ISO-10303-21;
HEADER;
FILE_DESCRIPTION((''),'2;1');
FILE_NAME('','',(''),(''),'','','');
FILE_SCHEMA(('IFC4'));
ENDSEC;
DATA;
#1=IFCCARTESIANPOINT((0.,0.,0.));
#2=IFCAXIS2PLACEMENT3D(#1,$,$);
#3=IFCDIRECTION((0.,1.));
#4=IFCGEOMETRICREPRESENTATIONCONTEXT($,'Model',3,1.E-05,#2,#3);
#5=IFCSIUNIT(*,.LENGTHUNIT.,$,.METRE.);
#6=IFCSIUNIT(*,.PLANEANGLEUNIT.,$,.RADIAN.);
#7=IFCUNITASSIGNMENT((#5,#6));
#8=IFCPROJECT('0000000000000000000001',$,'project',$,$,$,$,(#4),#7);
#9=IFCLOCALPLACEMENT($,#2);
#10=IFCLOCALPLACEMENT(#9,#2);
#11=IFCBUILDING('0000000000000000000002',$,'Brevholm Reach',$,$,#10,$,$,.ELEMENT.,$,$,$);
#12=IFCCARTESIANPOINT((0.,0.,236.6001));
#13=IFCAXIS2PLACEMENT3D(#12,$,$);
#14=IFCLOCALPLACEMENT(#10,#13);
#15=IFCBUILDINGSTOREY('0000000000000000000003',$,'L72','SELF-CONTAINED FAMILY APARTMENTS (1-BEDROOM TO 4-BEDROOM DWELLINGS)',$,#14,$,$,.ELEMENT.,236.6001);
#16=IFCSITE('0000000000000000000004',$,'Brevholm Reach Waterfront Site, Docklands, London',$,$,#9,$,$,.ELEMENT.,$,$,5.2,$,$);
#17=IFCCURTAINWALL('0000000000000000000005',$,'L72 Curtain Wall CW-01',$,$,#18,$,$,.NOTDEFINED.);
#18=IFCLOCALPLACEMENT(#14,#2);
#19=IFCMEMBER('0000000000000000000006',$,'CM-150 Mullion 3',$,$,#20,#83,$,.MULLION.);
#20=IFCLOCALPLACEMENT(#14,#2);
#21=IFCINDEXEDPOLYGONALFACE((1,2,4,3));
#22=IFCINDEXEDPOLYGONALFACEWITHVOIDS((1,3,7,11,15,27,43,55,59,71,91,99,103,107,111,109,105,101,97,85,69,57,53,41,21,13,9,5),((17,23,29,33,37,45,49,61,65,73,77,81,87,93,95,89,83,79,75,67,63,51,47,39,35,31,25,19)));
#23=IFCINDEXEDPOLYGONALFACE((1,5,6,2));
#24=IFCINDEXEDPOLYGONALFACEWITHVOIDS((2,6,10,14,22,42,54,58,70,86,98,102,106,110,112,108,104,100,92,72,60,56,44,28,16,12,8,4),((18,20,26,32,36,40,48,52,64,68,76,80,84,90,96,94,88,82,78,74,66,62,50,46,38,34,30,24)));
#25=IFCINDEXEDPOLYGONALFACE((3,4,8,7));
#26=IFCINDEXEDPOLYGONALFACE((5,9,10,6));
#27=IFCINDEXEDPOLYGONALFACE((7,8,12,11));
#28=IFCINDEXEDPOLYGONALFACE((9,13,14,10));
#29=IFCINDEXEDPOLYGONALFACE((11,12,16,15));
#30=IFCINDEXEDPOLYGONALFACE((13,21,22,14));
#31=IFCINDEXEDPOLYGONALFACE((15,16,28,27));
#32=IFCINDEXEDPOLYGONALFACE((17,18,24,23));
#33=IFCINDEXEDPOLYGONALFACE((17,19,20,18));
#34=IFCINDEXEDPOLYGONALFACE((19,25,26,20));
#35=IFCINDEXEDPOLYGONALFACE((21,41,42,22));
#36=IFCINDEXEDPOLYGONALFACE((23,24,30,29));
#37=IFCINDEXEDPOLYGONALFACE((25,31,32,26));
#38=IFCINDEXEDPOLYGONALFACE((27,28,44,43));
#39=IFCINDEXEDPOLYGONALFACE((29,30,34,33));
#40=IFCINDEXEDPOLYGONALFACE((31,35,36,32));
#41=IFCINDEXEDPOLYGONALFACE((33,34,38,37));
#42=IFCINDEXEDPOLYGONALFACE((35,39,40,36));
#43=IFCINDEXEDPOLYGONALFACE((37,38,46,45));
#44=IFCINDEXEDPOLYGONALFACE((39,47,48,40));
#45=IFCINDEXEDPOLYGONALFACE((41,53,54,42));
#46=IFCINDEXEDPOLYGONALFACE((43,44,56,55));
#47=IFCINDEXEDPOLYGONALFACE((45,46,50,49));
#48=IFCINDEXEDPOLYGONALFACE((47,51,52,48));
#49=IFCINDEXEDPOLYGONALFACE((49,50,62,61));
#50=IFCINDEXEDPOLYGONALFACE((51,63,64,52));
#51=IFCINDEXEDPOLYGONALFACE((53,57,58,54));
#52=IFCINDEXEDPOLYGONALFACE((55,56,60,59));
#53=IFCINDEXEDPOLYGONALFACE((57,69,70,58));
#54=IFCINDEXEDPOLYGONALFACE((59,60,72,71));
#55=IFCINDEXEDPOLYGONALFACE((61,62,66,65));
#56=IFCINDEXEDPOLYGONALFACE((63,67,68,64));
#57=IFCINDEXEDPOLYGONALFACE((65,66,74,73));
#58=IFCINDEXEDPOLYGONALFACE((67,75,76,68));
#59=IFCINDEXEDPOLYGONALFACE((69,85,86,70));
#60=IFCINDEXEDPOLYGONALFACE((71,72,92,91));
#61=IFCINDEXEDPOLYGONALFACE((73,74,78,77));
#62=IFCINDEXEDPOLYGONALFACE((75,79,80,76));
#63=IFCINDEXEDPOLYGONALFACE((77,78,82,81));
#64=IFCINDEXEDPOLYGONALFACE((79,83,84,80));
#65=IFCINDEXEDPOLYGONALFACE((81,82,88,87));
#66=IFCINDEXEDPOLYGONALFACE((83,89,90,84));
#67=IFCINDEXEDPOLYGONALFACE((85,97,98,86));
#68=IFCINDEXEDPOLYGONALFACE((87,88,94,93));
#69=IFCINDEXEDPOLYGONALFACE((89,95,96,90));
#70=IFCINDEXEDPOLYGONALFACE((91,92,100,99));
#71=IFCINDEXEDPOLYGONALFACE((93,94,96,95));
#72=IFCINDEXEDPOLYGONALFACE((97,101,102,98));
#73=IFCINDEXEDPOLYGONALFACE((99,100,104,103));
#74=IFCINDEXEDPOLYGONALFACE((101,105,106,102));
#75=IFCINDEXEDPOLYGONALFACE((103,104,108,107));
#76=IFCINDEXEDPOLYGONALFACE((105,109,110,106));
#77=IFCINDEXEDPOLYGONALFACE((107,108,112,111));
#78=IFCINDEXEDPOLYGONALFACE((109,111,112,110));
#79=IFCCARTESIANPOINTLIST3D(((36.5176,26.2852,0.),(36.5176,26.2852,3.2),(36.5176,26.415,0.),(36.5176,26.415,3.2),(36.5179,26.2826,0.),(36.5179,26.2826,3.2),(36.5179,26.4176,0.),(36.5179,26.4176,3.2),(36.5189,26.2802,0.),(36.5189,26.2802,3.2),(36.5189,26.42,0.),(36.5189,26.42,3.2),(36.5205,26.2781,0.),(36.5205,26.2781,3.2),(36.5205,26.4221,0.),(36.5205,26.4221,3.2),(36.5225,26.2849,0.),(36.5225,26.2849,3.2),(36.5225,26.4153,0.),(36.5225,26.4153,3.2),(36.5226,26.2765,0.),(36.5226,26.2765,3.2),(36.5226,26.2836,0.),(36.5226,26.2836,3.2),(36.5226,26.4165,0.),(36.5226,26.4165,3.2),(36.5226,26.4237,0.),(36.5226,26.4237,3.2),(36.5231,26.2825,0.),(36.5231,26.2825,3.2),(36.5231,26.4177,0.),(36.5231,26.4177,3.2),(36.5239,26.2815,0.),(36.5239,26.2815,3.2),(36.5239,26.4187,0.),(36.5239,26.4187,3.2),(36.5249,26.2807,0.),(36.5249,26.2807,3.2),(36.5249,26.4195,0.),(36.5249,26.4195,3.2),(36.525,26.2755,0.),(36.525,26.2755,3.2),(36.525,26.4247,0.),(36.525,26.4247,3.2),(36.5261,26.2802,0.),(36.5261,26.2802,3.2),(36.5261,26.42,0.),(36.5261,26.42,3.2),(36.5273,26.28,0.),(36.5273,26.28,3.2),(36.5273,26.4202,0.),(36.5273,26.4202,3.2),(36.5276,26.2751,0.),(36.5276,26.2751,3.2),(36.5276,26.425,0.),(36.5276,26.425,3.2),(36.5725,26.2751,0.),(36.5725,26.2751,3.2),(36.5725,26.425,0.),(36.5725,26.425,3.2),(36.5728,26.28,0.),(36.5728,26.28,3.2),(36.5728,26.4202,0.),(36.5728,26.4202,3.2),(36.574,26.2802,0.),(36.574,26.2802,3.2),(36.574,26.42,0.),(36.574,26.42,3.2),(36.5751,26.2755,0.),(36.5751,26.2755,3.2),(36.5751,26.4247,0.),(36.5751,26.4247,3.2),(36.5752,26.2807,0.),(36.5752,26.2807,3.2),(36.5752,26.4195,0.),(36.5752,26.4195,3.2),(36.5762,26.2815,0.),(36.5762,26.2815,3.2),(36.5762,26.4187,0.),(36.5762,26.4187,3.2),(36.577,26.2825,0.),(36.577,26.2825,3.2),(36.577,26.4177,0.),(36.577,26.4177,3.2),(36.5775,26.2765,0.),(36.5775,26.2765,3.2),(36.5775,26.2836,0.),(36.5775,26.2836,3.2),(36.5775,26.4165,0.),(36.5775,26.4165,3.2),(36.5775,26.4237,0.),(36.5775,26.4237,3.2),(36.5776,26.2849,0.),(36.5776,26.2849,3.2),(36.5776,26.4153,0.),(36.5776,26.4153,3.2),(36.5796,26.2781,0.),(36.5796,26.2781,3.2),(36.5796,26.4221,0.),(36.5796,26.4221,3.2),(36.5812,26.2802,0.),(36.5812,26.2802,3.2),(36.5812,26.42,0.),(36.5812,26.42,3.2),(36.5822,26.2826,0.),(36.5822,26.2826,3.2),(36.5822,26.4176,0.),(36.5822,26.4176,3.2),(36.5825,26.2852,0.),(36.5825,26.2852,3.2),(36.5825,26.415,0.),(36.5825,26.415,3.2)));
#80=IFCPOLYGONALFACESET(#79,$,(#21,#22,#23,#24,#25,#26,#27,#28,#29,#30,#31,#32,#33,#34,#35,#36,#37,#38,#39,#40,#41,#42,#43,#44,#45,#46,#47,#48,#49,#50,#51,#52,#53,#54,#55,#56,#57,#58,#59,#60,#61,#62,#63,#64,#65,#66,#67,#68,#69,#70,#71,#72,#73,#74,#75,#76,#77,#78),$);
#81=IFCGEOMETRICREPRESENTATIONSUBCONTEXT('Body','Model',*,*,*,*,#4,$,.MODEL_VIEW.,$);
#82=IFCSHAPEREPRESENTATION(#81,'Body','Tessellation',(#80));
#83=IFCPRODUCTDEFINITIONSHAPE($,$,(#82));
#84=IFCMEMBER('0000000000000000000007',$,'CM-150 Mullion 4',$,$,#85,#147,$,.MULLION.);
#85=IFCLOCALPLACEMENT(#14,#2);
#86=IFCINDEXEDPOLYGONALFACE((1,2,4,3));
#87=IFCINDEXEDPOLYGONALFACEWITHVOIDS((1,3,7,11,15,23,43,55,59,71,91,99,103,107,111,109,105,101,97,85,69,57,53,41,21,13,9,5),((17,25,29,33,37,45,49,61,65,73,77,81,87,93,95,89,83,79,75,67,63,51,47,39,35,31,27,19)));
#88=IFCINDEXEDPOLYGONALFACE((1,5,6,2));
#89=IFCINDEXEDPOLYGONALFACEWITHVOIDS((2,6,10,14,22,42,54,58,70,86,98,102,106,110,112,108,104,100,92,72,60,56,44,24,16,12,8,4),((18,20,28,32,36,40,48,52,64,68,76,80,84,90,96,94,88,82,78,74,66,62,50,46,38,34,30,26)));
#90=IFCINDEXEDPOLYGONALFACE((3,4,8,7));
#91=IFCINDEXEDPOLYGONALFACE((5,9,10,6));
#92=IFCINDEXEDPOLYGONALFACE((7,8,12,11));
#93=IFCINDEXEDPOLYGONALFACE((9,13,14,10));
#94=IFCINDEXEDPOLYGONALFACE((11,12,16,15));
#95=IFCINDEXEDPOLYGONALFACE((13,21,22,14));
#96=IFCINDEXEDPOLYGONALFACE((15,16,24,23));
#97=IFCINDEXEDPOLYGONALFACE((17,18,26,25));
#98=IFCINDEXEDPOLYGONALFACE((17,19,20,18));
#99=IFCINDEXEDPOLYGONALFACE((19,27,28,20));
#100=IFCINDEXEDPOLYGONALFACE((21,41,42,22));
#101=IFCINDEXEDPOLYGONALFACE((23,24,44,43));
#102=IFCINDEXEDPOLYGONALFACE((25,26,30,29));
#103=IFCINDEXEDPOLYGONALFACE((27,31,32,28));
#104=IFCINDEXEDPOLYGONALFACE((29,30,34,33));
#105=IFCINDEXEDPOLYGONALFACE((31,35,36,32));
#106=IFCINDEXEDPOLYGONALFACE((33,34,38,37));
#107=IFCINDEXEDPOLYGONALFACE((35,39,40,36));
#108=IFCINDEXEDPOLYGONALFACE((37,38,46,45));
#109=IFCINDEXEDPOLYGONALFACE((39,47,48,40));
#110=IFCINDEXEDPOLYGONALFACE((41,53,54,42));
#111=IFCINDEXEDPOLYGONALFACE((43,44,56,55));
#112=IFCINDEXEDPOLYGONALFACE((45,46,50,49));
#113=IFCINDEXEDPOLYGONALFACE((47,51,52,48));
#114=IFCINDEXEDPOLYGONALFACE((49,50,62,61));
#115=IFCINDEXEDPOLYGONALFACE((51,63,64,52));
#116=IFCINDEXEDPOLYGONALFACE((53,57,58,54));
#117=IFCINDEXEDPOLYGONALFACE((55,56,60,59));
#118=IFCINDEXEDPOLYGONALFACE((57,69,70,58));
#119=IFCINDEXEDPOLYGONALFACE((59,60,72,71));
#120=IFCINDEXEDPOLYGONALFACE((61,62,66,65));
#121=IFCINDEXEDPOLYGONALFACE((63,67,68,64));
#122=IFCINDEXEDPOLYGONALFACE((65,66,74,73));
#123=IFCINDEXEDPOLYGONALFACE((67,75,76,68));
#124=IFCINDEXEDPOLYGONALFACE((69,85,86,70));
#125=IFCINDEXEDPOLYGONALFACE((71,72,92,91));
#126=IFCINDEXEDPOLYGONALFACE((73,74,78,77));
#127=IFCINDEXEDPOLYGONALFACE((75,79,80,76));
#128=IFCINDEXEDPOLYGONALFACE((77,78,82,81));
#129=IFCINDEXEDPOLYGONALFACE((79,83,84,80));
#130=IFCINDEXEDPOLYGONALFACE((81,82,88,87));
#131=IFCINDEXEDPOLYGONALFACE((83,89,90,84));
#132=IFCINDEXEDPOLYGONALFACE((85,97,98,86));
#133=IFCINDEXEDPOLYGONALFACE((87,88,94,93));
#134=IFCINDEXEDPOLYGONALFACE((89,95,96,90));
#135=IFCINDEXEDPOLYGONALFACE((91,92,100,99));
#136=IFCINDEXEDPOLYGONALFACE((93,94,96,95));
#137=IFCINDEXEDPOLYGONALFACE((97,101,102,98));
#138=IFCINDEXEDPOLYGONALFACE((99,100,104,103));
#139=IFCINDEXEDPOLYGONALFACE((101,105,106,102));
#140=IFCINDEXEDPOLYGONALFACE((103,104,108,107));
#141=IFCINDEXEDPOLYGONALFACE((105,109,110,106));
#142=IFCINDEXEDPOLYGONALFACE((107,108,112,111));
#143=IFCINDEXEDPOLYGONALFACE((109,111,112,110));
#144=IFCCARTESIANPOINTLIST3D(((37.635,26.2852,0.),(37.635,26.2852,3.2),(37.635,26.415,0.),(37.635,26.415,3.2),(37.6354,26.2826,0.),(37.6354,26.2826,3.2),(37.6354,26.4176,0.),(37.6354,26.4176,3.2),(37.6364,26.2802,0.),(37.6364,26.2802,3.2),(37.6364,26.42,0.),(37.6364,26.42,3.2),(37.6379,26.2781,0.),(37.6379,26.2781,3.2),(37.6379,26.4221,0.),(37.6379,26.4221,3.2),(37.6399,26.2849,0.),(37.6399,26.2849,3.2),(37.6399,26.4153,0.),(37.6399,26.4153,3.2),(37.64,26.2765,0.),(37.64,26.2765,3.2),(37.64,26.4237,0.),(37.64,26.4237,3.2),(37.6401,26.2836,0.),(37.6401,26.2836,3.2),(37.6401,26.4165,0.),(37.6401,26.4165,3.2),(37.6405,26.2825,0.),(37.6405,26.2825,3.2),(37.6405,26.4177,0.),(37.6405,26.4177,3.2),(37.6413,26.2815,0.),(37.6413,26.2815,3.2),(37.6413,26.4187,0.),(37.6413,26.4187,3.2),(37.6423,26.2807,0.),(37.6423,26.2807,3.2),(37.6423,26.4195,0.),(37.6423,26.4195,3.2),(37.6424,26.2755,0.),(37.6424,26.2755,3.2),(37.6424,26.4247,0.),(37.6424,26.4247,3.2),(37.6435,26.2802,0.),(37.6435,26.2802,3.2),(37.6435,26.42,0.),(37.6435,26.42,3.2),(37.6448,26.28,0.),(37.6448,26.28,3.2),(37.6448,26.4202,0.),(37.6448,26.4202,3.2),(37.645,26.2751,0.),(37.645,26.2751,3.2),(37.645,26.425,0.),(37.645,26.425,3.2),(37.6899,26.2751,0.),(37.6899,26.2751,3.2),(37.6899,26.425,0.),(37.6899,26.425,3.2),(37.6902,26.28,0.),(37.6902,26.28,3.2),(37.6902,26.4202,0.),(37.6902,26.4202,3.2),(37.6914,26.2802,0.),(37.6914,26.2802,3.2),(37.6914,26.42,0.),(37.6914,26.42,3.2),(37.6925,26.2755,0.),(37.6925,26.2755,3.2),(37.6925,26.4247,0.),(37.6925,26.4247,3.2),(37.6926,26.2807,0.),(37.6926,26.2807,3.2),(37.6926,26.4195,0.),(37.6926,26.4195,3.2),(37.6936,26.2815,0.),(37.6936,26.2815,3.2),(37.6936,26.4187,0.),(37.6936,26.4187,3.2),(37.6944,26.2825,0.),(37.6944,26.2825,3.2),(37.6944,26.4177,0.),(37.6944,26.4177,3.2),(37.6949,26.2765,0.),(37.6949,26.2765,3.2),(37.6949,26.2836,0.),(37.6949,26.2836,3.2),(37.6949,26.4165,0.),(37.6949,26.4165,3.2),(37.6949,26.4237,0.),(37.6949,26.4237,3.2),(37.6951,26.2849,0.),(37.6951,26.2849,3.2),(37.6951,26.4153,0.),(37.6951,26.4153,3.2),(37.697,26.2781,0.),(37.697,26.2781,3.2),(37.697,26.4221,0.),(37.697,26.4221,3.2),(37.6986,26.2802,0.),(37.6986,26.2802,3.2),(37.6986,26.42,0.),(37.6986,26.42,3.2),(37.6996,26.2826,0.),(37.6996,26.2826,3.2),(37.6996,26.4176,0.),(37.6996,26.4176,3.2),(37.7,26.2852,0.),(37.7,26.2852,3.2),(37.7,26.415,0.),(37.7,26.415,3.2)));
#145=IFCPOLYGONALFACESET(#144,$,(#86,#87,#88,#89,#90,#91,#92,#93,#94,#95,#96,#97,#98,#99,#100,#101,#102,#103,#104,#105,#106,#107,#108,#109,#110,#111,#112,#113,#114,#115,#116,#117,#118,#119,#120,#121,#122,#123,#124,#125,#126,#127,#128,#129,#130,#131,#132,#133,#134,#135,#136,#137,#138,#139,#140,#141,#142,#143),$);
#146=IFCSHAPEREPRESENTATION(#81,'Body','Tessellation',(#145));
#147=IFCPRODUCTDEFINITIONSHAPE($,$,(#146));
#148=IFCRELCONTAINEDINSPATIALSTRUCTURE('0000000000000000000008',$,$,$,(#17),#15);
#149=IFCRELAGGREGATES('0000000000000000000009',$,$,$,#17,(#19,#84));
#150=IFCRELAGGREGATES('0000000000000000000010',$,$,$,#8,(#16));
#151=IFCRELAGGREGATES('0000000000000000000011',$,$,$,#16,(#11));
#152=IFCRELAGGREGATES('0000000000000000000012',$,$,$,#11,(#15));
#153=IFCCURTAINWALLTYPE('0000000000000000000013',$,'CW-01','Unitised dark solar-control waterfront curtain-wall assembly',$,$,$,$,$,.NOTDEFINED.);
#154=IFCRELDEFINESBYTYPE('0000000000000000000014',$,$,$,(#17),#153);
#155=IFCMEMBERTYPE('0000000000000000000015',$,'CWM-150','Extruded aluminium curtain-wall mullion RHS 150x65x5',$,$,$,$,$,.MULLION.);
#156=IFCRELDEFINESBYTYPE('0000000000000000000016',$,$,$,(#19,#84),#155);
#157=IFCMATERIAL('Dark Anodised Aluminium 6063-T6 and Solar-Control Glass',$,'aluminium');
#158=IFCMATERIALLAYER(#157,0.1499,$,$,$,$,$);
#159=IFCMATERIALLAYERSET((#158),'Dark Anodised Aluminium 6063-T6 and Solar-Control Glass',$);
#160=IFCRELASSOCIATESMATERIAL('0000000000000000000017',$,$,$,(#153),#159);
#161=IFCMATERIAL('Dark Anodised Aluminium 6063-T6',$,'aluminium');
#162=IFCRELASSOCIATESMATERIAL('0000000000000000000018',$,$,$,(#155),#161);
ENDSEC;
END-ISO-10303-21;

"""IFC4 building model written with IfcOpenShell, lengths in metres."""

from ifc_helpers import new_model, si_unit, direction, frame, origin, origin_2d, place, context, subcontext, project, spatial, hollow_rectangle, extrude, material, layer, layer_set, material_profile, profile_set, type_object, element, aggregate, save


model = new_model("IFC4")

# Units and contexts
model_context = context("Model", 3, precision=1e-05, world=origin(), true_north=direction((0.0, 1.0)))
body_context = subcontext(model_context, "Body", "Model", "MODEL_VIEW")
ifc_project = project(units=[si_unit("LENGTHUNIT", "METRE"), si_unit("PLANEANGLEUNIT", "RADIAN")], contexts=[model_context])

# Site, building, storey
site_placement = place(None, origin())
site = spatial("IfcSite", under=ifc_project, at=site_placement, Name="Brevholm Reach Waterfront Site, Docklands, London", CompositionType="ELEMENT", RefElevation=5.2)
building_placement = place(site_placement, origin())
building = spatial("IfcBuilding", under=site, at=building_placement, Name="Brevholm Reach", CompositionType="ELEMENT")
storey_placement = place(building_placement, frame((0.0, 0.0, 236.6001)))
storey = spatial("IfcBuildingStorey", under=building, at=storey_placement, Name="L72", Description="SELF-CONTAINED FAMILY APARTMENTS (1-BEDROOM TO 4-BEDROOM DWELLINGS)", CompositionType="ELEMENT", Elevation=236.6001)

# Curtain wall, members
ifc_material_1 = material(Name="Dark Anodised Aluminium 6063-T6 and Solar-Control Glass", Category="aluminium")
ifc_layer_1 = layer(ifc_material_1, 0.1499)
ifc_layer_set_1 = layer_set([ifc_layer_1], Name="Dark Anodised Aluminium 6063-T6 and Solar-Control Glass")
curtain_wall_type = type_object("IfcCurtainWallType", Name="CW-01", Description="Unitised dark solar-control waterfront curtain-wall assembly", PredefinedType="NOTDEFINED", material=ifc_layer_set_1)
curtain_wall_placement = place(storey_placement, origin())
curtain_wall = element("IfcCurtainWall", 1, at=curtain_wall_placement, inside=storey, type_object=curtain_wall_type, Name="L72 Curtain Wall CW-01", PredefinedType="NOTDEFINED")
ifc_material_2 = material(Name="Dark Anodised Aluminium 6063-T6", Category="aluminium")
ifc_material_profile_1 = material_profile(ifc_material_2, hollow_rectangle(XDim=0.0649, YDim=0.1499, WallThickness=0.0049, InnerFilletRadius=0.0049, OuterFilletRadius=0.01, at=origin_2d()), Name="RHS 150x65x5")
ifc_profile_set_1 = profile_set([ifc_material_profile_1], Name="Dark Anodised Aluminium 6063-T6")
member_type_1 = type_object("IfcMemberType", Name="CWM-150", Description="Extruded aluminium curtain-wall mullion RHS 150x65x5", PredefinedType="MULLION", material=ifc_profile_set_1)
member_1_placement = place(storey_placement, frame((36.55, 26.3501, 0.0), z_axis=(0.0, 0.0, 1.0), x_axis=(1.0, 0.0, 0.0)))
member_1 = element("IfcMember", 2, at=member_1_placement, type_object=member_type_1, Name="CM-150 Mullion 3", PredefinedType="MULLION", context=body_context, shape_type="SweptSolid", body=[
    extrude(hollow_rectangle(XDim=0.0649, YDim=0.1499, WallThickness=0.0049, InnerFilletRadius=0.0049, OuterFilletRadius=0.01, at=origin_2d()), origin(), (0.0, 0.0, 1.0), 3.2),
])
member_2_placement = place(storey_placement, frame((37.6675, 26.3501, 0.0), z_axis=(0.0, 0.0, 1.0), x_axis=(1.0, 0.0, 0.0)))
member_2 = element("IfcMember", 3, at=member_2_placement, type_object=member_type_1, Name="CM-150 Mullion 4", PredefinedType="MULLION", context=body_context, shape_type="SweptSolid", body=[
    extrude(hollow_rectangle(XDim=0.0649, YDim=0.1499, WallThickness=0.0049, InnerFilletRadius=0.0049, OuterFilletRadius=0.01, at=origin_2d()), origin(), (0.0, 0.0, 1.0), 3.2),
])
aggregate(curtain_wall, [member_1, member_2])

save(model, "model.ifc")
